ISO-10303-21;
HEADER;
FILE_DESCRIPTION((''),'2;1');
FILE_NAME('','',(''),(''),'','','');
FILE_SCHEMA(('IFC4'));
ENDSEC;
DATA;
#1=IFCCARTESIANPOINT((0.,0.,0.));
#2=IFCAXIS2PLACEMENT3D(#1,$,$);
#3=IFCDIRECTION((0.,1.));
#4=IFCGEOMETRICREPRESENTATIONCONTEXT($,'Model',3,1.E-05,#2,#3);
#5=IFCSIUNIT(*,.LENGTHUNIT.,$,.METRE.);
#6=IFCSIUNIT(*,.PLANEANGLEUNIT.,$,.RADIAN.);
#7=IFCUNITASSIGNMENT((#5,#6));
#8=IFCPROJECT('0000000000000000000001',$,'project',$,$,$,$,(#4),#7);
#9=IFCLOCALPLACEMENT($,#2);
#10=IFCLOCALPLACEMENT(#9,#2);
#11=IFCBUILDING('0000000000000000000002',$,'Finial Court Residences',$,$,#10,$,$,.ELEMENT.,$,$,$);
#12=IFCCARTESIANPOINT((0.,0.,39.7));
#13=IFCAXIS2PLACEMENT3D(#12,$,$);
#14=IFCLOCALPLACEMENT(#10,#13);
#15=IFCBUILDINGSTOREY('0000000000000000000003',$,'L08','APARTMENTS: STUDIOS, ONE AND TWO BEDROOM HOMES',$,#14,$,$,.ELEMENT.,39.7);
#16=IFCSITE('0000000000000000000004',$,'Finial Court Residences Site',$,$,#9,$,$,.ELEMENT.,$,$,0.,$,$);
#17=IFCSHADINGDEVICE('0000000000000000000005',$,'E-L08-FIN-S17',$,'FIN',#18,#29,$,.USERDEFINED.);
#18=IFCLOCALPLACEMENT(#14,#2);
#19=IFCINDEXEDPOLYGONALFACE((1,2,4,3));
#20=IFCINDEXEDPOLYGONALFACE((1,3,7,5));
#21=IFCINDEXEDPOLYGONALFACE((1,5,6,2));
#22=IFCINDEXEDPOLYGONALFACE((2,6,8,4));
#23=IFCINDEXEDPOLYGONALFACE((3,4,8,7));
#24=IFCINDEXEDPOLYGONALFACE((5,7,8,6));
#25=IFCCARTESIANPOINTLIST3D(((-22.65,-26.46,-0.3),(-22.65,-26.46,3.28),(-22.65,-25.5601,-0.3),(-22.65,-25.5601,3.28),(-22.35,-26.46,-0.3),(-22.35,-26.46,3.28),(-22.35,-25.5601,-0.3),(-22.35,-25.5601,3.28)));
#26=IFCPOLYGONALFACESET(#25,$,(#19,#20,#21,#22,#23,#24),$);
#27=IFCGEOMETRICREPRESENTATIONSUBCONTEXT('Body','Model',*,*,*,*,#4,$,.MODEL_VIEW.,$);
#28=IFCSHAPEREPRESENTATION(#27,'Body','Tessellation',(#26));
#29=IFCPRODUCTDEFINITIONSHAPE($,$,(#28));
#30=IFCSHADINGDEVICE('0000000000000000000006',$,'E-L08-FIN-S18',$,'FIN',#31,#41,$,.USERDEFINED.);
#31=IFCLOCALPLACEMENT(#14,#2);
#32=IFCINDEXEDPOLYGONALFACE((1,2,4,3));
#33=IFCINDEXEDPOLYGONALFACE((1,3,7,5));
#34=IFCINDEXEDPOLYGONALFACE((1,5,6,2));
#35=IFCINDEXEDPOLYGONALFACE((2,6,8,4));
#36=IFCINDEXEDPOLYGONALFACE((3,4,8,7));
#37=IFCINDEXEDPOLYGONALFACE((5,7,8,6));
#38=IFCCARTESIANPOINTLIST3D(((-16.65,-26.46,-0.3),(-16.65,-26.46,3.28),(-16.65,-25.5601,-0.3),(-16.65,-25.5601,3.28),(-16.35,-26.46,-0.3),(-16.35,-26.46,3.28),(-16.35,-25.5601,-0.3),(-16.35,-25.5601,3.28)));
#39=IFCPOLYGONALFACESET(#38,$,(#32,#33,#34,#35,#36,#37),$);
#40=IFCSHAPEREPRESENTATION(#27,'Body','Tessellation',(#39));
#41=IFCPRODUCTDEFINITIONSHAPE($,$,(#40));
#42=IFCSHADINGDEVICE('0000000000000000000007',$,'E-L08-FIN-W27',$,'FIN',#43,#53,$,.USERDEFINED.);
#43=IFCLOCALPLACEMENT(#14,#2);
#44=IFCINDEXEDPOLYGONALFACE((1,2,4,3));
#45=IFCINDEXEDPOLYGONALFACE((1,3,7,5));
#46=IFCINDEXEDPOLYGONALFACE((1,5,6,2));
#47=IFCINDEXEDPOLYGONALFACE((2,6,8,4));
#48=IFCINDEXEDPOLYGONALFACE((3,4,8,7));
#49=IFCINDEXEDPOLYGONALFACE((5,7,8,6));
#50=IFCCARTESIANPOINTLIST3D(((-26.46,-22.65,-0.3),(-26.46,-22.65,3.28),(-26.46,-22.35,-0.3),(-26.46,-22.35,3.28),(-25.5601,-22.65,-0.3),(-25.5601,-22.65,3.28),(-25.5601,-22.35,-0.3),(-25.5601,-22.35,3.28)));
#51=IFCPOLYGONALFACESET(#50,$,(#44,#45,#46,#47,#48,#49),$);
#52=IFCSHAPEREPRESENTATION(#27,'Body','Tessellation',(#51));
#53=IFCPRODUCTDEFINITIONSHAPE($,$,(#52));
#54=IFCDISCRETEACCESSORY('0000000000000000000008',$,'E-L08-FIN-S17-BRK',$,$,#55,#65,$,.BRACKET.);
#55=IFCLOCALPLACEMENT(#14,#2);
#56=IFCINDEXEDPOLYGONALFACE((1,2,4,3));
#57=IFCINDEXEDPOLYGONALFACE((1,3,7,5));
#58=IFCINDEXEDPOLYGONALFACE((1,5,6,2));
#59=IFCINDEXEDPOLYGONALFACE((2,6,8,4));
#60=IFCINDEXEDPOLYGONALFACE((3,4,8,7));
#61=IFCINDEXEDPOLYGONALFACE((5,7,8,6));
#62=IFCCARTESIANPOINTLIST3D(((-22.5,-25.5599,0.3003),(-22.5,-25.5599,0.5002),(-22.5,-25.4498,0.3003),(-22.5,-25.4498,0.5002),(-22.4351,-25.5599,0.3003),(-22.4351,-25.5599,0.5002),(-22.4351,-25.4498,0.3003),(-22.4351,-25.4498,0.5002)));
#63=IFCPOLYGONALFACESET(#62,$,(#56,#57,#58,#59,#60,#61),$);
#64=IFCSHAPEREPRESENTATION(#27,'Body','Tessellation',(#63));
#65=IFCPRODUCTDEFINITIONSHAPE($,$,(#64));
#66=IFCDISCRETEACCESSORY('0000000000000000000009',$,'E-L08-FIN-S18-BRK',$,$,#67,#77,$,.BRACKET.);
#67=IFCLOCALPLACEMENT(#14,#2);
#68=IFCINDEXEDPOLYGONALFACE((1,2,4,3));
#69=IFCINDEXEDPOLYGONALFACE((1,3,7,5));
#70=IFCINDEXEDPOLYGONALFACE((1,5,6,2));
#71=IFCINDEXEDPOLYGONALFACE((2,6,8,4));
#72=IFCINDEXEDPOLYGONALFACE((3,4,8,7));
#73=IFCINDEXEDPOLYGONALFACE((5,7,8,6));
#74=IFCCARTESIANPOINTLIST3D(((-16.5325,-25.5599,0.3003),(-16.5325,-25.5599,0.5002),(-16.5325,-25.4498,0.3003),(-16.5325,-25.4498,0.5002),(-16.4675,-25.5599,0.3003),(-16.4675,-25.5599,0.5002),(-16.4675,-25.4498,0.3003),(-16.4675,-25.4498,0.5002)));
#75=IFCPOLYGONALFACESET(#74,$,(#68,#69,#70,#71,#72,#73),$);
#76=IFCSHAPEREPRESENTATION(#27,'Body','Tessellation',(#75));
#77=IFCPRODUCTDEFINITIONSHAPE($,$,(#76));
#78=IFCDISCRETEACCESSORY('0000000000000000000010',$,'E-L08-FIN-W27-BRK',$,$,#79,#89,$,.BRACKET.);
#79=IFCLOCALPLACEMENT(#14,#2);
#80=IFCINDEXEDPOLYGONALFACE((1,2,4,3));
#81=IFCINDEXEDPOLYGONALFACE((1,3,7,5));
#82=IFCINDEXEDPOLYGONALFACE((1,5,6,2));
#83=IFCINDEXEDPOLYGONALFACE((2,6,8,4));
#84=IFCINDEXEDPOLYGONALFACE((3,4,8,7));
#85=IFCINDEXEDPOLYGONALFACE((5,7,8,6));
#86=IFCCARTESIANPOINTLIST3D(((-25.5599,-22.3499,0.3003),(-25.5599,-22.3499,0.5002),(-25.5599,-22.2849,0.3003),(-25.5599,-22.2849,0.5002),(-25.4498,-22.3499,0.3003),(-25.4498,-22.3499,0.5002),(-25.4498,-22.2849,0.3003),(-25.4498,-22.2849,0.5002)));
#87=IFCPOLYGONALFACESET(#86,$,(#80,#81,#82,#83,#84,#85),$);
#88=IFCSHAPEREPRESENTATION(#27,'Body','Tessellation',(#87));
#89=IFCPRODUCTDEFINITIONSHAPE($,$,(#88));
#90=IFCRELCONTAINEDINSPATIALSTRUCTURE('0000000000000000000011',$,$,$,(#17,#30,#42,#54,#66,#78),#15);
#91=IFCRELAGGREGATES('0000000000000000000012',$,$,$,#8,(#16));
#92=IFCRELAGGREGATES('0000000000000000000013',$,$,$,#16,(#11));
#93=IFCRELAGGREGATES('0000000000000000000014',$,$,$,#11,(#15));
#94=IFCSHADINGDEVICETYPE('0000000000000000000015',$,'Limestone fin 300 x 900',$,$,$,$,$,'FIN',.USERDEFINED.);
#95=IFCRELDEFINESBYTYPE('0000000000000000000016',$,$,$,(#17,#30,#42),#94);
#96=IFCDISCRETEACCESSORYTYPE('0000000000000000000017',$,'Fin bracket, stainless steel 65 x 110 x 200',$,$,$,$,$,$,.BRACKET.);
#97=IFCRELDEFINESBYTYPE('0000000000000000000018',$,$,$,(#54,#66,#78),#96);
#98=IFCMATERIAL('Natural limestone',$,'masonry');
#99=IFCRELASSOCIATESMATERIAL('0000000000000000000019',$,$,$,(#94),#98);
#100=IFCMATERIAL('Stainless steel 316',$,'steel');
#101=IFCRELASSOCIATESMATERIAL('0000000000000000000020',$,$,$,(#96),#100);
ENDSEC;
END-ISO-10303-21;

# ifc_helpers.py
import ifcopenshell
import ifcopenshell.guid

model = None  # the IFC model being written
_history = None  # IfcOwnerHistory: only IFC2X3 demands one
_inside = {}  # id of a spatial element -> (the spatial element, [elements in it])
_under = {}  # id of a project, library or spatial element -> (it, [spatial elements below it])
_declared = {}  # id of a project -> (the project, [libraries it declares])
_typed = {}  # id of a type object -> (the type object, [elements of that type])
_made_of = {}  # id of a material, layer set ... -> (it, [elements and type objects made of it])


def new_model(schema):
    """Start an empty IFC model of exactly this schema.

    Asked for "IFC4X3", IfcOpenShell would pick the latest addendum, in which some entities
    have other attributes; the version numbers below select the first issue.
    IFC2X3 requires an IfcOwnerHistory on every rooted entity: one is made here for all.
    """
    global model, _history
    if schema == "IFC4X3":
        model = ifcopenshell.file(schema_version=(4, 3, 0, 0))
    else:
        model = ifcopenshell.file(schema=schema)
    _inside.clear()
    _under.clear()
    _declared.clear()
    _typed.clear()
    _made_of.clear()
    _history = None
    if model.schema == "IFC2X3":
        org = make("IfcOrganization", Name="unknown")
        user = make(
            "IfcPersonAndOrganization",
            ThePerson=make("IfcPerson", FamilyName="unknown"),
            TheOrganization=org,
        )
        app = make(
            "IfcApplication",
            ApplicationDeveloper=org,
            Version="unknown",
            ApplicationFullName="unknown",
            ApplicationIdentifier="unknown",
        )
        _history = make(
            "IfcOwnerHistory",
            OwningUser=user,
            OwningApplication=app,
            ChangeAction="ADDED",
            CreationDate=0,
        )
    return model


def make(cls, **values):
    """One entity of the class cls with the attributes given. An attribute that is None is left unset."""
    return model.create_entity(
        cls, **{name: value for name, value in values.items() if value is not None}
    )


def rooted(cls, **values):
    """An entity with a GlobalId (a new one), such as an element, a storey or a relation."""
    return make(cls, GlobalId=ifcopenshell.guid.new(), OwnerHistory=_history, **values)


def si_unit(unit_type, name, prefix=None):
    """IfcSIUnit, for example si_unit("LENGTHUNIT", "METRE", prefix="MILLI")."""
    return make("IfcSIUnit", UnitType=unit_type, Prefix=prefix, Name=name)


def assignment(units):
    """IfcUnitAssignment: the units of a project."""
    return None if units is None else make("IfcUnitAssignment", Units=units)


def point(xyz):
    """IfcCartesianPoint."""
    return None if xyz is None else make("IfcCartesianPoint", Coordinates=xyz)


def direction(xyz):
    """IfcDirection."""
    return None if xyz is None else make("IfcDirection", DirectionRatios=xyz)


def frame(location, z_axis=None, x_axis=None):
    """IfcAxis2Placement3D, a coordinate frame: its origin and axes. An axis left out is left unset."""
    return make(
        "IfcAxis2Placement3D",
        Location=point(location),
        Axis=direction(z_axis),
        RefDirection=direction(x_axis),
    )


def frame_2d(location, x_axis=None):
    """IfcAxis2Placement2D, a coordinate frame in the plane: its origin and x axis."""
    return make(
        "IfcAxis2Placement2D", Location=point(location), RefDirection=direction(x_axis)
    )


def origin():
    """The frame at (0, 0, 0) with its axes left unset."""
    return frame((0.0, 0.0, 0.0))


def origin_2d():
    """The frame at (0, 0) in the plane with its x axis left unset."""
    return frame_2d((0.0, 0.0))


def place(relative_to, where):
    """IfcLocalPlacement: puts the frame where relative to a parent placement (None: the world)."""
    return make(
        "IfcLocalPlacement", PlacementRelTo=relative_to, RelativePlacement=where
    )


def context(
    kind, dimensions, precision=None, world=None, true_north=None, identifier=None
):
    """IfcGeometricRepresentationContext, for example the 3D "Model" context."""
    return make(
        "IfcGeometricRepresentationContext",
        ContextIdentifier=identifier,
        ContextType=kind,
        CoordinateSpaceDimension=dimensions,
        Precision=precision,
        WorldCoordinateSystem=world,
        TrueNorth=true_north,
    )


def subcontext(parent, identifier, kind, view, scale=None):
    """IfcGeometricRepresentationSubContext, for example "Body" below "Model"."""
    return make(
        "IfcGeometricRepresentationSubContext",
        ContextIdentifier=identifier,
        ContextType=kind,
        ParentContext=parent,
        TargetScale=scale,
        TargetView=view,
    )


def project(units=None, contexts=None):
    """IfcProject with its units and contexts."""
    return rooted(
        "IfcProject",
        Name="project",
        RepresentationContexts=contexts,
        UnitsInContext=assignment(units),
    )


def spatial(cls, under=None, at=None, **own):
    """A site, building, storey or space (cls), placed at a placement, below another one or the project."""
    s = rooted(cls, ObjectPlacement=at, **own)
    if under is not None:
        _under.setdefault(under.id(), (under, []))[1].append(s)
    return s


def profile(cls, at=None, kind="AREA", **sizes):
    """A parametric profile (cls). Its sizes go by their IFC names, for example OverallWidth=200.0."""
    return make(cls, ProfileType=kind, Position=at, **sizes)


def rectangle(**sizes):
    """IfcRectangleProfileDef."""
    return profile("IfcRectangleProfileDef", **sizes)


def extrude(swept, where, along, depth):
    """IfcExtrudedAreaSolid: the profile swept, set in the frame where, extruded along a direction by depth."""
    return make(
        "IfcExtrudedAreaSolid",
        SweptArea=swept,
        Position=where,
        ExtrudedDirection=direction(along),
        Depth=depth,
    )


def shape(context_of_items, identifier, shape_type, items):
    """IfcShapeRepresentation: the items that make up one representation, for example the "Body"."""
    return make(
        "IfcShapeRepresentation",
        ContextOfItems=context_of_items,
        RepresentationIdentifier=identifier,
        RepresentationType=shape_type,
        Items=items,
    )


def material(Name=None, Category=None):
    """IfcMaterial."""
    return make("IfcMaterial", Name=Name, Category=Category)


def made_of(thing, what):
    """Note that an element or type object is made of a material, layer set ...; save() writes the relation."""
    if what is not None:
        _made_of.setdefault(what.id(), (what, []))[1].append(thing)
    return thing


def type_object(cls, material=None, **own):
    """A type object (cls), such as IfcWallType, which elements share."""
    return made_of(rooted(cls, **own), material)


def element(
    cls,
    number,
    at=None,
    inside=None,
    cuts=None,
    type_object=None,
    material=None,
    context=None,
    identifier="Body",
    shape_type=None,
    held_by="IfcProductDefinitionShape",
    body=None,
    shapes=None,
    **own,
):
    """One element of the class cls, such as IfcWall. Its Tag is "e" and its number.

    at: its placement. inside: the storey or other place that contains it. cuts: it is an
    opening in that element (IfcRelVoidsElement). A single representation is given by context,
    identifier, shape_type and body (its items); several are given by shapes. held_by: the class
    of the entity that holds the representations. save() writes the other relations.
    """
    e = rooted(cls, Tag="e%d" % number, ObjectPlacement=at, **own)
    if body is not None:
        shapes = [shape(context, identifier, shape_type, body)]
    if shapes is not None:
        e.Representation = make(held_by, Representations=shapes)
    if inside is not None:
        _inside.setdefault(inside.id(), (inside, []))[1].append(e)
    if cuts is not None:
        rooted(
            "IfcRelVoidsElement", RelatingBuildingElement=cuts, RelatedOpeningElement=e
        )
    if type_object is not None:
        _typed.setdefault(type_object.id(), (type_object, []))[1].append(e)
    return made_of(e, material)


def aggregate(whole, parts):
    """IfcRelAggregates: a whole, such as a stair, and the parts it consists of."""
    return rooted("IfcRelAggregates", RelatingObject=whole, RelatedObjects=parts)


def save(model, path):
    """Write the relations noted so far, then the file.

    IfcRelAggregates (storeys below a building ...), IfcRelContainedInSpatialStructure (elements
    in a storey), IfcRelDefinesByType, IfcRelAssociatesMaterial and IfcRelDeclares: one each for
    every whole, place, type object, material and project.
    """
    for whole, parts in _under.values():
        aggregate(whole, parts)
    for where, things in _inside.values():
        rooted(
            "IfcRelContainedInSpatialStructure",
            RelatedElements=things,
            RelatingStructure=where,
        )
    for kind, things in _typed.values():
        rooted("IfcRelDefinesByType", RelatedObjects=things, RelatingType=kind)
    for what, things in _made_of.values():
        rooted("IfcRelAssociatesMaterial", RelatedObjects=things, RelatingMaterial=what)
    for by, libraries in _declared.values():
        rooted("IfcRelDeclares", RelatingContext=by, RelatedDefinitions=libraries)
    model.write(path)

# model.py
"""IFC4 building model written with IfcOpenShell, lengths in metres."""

from ifc_helpers import new_model, si_unit, direction, frame, origin, origin_2d, place, context, subcontext, project, spatial, rectangle, extrude, material, type_object, element, save


model = new_model("IFC4")

# Units and contexts
model_context = context("Model", 3, precision=1e-05, world=origin(), true_north=direction((0.0, 1.0)))
body_context = subcontext(model_context, "Body", "Model", "MODEL_VIEW")
ifc_project = project(units=[si_unit("LENGTHUNIT", "METRE"), si_unit("PLANEANGLEUNIT", "RADIAN")], contexts=[model_context])

# Site, building, storey
site_placement = place(None, origin())
site = spatial("IfcSite", under=ifc_project, at=site_placement, Name="Finial Court Residences Site", CompositionType="ELEMENT", RefElevation=0.0)
building_placement = place(site_placement, origin())
building = spatial("IfcBuilding", under=site, at=building_placement, Name="Finial Court Residences", CompositionType="ELEMENT")
storey_placement = place(building_placement, frame((0.0, 0.0, 39.7)))
storey = spatial("IfcBuildingStorey", under=building, at=storey_placement, Name="L08", Description="APARTMENTS: STUDIOS, ONE AND TWO BEDROOM HOMES", CompositionType="ELEMENT", Elevation=39.7)

# Shared definitions
ifc_material_1 = material(Name="Natural limestone", Category="masonry")

# Shading devices
shading_device_type = type_object("IfcShadingDeviceType", Name="Limestone fin 300 x 900", ElementType="FIN", PredefinedType="USERDEFINED", material=ifc_material_1)
for number, where, z_axis, x_axis, name in (
    (1, (-22.5, -26.01, -0.3), (0.0, 0.0, 1.0), (1.0, 0.0, 0.0), "E-L08-FIN-S17"),
    (2, (-16.5, -26.01, -0.3), (0.0, 0.0, 1.0), (1.0, 0.0, 0.0), "E-L08-FIN-S18"),
):
    element("IfcShadingDevice", number, at=place(storey_placement, frame(where, z_axis=z_axis, x_axis=x_axis)), inside=storey, type_object=shading_device_type, Name=name, ObjectType="FIN", PredefinedType="USERDEFINED", context=body_context, shape_type="SweptSolid", body=[
        extrude(rectangle(XDim=0.3, YDim=0.8999, at=origin_2d()), origin(), (0.0, 0.0, 1.0), 3.5801),
    ])
shading_device_placement = place(storey_placement, frame((-26.01, -22.5, -0.3), z_axis=(0.0, 0.0, 1.0), x_axis=(1.0, 0.0, 0.0)))
element("IfcShadingDevice", 3, at=shading_device_placement, inside=storey, type_object=shading_device_type, Name="E-L08-FIN-W27", ObjectType="FIN", PredefinedType="USERDEFINED", context=body_context, shape_type="SweptSolid", body=[
    extrude(rectangle(XDim=0.8999, YDim=0.3, at=origin_2d()), origin(), (0.0, 0.0, 1.0), 3.5801),
])

# Discrete accessories
ifc_material_2 = material(Name="Stainless steel 316", Category="steel")
discrete_accessory_type = type_object("IfcDiscreteAccessoryType", Name="Fin bracket, stainless steel 65 x 110 x 200", PredefinedType="BRACKET", material=ifc_material_2)
for number, where, z_axis, x_axis, name in (
    (4, (-22.4675, -25.5049, 0.3003), (0.0, 0.0, 1.0), (1.0, 0.0, 0.0), "E-L08-FIN-S17-BRK"),
    (5, (-16.5, -25.5049, 0.3003), (0.0, 0.0, 1.0), (1.0, 0.0, 0.0), "E-L08-FIN-S18-BRK"),
):
    element("IfcDiscreteAccessory", number, at=place(storey_placement, frame(where, z_axis=z_axis, x_axis=x_axis)), inside=storey, type_object=discrete_accessory_type, Name=name, PredefinedType="BRACKET", context=body_context, shape_type="SweptSolid", body=[
        extrude(rectangle(XDim=0.0649, YDim=0.1101, at=origin_2d()), origin(), (0.0, 0.0, 1.0), 0.2),
    ])
discrete_accessory_placement = place(storey_placement, frame((-25.5049, -22.3174, 0.3003), z_axis=(0.0, 0.0, 1.0), x_axis=(1.0, 0.0, 0.0)))
element("IfcDiscreteAccessory", 6, at=discrete_accessory_placement, inside=storey, type_object=discrete_accessory_type, Name="E-L08-FIN-W27-BRK", PredefinedType="BRACKET", context=body_context, shape_type="SweptSolid", body=[
    extrude(rectangle(XDim=0.1101, YDim=0.0649, at=origin_2d()), origin(), (0.0, 0.0, 1.0), 0.2),
])

save(model, "model.ifc")
